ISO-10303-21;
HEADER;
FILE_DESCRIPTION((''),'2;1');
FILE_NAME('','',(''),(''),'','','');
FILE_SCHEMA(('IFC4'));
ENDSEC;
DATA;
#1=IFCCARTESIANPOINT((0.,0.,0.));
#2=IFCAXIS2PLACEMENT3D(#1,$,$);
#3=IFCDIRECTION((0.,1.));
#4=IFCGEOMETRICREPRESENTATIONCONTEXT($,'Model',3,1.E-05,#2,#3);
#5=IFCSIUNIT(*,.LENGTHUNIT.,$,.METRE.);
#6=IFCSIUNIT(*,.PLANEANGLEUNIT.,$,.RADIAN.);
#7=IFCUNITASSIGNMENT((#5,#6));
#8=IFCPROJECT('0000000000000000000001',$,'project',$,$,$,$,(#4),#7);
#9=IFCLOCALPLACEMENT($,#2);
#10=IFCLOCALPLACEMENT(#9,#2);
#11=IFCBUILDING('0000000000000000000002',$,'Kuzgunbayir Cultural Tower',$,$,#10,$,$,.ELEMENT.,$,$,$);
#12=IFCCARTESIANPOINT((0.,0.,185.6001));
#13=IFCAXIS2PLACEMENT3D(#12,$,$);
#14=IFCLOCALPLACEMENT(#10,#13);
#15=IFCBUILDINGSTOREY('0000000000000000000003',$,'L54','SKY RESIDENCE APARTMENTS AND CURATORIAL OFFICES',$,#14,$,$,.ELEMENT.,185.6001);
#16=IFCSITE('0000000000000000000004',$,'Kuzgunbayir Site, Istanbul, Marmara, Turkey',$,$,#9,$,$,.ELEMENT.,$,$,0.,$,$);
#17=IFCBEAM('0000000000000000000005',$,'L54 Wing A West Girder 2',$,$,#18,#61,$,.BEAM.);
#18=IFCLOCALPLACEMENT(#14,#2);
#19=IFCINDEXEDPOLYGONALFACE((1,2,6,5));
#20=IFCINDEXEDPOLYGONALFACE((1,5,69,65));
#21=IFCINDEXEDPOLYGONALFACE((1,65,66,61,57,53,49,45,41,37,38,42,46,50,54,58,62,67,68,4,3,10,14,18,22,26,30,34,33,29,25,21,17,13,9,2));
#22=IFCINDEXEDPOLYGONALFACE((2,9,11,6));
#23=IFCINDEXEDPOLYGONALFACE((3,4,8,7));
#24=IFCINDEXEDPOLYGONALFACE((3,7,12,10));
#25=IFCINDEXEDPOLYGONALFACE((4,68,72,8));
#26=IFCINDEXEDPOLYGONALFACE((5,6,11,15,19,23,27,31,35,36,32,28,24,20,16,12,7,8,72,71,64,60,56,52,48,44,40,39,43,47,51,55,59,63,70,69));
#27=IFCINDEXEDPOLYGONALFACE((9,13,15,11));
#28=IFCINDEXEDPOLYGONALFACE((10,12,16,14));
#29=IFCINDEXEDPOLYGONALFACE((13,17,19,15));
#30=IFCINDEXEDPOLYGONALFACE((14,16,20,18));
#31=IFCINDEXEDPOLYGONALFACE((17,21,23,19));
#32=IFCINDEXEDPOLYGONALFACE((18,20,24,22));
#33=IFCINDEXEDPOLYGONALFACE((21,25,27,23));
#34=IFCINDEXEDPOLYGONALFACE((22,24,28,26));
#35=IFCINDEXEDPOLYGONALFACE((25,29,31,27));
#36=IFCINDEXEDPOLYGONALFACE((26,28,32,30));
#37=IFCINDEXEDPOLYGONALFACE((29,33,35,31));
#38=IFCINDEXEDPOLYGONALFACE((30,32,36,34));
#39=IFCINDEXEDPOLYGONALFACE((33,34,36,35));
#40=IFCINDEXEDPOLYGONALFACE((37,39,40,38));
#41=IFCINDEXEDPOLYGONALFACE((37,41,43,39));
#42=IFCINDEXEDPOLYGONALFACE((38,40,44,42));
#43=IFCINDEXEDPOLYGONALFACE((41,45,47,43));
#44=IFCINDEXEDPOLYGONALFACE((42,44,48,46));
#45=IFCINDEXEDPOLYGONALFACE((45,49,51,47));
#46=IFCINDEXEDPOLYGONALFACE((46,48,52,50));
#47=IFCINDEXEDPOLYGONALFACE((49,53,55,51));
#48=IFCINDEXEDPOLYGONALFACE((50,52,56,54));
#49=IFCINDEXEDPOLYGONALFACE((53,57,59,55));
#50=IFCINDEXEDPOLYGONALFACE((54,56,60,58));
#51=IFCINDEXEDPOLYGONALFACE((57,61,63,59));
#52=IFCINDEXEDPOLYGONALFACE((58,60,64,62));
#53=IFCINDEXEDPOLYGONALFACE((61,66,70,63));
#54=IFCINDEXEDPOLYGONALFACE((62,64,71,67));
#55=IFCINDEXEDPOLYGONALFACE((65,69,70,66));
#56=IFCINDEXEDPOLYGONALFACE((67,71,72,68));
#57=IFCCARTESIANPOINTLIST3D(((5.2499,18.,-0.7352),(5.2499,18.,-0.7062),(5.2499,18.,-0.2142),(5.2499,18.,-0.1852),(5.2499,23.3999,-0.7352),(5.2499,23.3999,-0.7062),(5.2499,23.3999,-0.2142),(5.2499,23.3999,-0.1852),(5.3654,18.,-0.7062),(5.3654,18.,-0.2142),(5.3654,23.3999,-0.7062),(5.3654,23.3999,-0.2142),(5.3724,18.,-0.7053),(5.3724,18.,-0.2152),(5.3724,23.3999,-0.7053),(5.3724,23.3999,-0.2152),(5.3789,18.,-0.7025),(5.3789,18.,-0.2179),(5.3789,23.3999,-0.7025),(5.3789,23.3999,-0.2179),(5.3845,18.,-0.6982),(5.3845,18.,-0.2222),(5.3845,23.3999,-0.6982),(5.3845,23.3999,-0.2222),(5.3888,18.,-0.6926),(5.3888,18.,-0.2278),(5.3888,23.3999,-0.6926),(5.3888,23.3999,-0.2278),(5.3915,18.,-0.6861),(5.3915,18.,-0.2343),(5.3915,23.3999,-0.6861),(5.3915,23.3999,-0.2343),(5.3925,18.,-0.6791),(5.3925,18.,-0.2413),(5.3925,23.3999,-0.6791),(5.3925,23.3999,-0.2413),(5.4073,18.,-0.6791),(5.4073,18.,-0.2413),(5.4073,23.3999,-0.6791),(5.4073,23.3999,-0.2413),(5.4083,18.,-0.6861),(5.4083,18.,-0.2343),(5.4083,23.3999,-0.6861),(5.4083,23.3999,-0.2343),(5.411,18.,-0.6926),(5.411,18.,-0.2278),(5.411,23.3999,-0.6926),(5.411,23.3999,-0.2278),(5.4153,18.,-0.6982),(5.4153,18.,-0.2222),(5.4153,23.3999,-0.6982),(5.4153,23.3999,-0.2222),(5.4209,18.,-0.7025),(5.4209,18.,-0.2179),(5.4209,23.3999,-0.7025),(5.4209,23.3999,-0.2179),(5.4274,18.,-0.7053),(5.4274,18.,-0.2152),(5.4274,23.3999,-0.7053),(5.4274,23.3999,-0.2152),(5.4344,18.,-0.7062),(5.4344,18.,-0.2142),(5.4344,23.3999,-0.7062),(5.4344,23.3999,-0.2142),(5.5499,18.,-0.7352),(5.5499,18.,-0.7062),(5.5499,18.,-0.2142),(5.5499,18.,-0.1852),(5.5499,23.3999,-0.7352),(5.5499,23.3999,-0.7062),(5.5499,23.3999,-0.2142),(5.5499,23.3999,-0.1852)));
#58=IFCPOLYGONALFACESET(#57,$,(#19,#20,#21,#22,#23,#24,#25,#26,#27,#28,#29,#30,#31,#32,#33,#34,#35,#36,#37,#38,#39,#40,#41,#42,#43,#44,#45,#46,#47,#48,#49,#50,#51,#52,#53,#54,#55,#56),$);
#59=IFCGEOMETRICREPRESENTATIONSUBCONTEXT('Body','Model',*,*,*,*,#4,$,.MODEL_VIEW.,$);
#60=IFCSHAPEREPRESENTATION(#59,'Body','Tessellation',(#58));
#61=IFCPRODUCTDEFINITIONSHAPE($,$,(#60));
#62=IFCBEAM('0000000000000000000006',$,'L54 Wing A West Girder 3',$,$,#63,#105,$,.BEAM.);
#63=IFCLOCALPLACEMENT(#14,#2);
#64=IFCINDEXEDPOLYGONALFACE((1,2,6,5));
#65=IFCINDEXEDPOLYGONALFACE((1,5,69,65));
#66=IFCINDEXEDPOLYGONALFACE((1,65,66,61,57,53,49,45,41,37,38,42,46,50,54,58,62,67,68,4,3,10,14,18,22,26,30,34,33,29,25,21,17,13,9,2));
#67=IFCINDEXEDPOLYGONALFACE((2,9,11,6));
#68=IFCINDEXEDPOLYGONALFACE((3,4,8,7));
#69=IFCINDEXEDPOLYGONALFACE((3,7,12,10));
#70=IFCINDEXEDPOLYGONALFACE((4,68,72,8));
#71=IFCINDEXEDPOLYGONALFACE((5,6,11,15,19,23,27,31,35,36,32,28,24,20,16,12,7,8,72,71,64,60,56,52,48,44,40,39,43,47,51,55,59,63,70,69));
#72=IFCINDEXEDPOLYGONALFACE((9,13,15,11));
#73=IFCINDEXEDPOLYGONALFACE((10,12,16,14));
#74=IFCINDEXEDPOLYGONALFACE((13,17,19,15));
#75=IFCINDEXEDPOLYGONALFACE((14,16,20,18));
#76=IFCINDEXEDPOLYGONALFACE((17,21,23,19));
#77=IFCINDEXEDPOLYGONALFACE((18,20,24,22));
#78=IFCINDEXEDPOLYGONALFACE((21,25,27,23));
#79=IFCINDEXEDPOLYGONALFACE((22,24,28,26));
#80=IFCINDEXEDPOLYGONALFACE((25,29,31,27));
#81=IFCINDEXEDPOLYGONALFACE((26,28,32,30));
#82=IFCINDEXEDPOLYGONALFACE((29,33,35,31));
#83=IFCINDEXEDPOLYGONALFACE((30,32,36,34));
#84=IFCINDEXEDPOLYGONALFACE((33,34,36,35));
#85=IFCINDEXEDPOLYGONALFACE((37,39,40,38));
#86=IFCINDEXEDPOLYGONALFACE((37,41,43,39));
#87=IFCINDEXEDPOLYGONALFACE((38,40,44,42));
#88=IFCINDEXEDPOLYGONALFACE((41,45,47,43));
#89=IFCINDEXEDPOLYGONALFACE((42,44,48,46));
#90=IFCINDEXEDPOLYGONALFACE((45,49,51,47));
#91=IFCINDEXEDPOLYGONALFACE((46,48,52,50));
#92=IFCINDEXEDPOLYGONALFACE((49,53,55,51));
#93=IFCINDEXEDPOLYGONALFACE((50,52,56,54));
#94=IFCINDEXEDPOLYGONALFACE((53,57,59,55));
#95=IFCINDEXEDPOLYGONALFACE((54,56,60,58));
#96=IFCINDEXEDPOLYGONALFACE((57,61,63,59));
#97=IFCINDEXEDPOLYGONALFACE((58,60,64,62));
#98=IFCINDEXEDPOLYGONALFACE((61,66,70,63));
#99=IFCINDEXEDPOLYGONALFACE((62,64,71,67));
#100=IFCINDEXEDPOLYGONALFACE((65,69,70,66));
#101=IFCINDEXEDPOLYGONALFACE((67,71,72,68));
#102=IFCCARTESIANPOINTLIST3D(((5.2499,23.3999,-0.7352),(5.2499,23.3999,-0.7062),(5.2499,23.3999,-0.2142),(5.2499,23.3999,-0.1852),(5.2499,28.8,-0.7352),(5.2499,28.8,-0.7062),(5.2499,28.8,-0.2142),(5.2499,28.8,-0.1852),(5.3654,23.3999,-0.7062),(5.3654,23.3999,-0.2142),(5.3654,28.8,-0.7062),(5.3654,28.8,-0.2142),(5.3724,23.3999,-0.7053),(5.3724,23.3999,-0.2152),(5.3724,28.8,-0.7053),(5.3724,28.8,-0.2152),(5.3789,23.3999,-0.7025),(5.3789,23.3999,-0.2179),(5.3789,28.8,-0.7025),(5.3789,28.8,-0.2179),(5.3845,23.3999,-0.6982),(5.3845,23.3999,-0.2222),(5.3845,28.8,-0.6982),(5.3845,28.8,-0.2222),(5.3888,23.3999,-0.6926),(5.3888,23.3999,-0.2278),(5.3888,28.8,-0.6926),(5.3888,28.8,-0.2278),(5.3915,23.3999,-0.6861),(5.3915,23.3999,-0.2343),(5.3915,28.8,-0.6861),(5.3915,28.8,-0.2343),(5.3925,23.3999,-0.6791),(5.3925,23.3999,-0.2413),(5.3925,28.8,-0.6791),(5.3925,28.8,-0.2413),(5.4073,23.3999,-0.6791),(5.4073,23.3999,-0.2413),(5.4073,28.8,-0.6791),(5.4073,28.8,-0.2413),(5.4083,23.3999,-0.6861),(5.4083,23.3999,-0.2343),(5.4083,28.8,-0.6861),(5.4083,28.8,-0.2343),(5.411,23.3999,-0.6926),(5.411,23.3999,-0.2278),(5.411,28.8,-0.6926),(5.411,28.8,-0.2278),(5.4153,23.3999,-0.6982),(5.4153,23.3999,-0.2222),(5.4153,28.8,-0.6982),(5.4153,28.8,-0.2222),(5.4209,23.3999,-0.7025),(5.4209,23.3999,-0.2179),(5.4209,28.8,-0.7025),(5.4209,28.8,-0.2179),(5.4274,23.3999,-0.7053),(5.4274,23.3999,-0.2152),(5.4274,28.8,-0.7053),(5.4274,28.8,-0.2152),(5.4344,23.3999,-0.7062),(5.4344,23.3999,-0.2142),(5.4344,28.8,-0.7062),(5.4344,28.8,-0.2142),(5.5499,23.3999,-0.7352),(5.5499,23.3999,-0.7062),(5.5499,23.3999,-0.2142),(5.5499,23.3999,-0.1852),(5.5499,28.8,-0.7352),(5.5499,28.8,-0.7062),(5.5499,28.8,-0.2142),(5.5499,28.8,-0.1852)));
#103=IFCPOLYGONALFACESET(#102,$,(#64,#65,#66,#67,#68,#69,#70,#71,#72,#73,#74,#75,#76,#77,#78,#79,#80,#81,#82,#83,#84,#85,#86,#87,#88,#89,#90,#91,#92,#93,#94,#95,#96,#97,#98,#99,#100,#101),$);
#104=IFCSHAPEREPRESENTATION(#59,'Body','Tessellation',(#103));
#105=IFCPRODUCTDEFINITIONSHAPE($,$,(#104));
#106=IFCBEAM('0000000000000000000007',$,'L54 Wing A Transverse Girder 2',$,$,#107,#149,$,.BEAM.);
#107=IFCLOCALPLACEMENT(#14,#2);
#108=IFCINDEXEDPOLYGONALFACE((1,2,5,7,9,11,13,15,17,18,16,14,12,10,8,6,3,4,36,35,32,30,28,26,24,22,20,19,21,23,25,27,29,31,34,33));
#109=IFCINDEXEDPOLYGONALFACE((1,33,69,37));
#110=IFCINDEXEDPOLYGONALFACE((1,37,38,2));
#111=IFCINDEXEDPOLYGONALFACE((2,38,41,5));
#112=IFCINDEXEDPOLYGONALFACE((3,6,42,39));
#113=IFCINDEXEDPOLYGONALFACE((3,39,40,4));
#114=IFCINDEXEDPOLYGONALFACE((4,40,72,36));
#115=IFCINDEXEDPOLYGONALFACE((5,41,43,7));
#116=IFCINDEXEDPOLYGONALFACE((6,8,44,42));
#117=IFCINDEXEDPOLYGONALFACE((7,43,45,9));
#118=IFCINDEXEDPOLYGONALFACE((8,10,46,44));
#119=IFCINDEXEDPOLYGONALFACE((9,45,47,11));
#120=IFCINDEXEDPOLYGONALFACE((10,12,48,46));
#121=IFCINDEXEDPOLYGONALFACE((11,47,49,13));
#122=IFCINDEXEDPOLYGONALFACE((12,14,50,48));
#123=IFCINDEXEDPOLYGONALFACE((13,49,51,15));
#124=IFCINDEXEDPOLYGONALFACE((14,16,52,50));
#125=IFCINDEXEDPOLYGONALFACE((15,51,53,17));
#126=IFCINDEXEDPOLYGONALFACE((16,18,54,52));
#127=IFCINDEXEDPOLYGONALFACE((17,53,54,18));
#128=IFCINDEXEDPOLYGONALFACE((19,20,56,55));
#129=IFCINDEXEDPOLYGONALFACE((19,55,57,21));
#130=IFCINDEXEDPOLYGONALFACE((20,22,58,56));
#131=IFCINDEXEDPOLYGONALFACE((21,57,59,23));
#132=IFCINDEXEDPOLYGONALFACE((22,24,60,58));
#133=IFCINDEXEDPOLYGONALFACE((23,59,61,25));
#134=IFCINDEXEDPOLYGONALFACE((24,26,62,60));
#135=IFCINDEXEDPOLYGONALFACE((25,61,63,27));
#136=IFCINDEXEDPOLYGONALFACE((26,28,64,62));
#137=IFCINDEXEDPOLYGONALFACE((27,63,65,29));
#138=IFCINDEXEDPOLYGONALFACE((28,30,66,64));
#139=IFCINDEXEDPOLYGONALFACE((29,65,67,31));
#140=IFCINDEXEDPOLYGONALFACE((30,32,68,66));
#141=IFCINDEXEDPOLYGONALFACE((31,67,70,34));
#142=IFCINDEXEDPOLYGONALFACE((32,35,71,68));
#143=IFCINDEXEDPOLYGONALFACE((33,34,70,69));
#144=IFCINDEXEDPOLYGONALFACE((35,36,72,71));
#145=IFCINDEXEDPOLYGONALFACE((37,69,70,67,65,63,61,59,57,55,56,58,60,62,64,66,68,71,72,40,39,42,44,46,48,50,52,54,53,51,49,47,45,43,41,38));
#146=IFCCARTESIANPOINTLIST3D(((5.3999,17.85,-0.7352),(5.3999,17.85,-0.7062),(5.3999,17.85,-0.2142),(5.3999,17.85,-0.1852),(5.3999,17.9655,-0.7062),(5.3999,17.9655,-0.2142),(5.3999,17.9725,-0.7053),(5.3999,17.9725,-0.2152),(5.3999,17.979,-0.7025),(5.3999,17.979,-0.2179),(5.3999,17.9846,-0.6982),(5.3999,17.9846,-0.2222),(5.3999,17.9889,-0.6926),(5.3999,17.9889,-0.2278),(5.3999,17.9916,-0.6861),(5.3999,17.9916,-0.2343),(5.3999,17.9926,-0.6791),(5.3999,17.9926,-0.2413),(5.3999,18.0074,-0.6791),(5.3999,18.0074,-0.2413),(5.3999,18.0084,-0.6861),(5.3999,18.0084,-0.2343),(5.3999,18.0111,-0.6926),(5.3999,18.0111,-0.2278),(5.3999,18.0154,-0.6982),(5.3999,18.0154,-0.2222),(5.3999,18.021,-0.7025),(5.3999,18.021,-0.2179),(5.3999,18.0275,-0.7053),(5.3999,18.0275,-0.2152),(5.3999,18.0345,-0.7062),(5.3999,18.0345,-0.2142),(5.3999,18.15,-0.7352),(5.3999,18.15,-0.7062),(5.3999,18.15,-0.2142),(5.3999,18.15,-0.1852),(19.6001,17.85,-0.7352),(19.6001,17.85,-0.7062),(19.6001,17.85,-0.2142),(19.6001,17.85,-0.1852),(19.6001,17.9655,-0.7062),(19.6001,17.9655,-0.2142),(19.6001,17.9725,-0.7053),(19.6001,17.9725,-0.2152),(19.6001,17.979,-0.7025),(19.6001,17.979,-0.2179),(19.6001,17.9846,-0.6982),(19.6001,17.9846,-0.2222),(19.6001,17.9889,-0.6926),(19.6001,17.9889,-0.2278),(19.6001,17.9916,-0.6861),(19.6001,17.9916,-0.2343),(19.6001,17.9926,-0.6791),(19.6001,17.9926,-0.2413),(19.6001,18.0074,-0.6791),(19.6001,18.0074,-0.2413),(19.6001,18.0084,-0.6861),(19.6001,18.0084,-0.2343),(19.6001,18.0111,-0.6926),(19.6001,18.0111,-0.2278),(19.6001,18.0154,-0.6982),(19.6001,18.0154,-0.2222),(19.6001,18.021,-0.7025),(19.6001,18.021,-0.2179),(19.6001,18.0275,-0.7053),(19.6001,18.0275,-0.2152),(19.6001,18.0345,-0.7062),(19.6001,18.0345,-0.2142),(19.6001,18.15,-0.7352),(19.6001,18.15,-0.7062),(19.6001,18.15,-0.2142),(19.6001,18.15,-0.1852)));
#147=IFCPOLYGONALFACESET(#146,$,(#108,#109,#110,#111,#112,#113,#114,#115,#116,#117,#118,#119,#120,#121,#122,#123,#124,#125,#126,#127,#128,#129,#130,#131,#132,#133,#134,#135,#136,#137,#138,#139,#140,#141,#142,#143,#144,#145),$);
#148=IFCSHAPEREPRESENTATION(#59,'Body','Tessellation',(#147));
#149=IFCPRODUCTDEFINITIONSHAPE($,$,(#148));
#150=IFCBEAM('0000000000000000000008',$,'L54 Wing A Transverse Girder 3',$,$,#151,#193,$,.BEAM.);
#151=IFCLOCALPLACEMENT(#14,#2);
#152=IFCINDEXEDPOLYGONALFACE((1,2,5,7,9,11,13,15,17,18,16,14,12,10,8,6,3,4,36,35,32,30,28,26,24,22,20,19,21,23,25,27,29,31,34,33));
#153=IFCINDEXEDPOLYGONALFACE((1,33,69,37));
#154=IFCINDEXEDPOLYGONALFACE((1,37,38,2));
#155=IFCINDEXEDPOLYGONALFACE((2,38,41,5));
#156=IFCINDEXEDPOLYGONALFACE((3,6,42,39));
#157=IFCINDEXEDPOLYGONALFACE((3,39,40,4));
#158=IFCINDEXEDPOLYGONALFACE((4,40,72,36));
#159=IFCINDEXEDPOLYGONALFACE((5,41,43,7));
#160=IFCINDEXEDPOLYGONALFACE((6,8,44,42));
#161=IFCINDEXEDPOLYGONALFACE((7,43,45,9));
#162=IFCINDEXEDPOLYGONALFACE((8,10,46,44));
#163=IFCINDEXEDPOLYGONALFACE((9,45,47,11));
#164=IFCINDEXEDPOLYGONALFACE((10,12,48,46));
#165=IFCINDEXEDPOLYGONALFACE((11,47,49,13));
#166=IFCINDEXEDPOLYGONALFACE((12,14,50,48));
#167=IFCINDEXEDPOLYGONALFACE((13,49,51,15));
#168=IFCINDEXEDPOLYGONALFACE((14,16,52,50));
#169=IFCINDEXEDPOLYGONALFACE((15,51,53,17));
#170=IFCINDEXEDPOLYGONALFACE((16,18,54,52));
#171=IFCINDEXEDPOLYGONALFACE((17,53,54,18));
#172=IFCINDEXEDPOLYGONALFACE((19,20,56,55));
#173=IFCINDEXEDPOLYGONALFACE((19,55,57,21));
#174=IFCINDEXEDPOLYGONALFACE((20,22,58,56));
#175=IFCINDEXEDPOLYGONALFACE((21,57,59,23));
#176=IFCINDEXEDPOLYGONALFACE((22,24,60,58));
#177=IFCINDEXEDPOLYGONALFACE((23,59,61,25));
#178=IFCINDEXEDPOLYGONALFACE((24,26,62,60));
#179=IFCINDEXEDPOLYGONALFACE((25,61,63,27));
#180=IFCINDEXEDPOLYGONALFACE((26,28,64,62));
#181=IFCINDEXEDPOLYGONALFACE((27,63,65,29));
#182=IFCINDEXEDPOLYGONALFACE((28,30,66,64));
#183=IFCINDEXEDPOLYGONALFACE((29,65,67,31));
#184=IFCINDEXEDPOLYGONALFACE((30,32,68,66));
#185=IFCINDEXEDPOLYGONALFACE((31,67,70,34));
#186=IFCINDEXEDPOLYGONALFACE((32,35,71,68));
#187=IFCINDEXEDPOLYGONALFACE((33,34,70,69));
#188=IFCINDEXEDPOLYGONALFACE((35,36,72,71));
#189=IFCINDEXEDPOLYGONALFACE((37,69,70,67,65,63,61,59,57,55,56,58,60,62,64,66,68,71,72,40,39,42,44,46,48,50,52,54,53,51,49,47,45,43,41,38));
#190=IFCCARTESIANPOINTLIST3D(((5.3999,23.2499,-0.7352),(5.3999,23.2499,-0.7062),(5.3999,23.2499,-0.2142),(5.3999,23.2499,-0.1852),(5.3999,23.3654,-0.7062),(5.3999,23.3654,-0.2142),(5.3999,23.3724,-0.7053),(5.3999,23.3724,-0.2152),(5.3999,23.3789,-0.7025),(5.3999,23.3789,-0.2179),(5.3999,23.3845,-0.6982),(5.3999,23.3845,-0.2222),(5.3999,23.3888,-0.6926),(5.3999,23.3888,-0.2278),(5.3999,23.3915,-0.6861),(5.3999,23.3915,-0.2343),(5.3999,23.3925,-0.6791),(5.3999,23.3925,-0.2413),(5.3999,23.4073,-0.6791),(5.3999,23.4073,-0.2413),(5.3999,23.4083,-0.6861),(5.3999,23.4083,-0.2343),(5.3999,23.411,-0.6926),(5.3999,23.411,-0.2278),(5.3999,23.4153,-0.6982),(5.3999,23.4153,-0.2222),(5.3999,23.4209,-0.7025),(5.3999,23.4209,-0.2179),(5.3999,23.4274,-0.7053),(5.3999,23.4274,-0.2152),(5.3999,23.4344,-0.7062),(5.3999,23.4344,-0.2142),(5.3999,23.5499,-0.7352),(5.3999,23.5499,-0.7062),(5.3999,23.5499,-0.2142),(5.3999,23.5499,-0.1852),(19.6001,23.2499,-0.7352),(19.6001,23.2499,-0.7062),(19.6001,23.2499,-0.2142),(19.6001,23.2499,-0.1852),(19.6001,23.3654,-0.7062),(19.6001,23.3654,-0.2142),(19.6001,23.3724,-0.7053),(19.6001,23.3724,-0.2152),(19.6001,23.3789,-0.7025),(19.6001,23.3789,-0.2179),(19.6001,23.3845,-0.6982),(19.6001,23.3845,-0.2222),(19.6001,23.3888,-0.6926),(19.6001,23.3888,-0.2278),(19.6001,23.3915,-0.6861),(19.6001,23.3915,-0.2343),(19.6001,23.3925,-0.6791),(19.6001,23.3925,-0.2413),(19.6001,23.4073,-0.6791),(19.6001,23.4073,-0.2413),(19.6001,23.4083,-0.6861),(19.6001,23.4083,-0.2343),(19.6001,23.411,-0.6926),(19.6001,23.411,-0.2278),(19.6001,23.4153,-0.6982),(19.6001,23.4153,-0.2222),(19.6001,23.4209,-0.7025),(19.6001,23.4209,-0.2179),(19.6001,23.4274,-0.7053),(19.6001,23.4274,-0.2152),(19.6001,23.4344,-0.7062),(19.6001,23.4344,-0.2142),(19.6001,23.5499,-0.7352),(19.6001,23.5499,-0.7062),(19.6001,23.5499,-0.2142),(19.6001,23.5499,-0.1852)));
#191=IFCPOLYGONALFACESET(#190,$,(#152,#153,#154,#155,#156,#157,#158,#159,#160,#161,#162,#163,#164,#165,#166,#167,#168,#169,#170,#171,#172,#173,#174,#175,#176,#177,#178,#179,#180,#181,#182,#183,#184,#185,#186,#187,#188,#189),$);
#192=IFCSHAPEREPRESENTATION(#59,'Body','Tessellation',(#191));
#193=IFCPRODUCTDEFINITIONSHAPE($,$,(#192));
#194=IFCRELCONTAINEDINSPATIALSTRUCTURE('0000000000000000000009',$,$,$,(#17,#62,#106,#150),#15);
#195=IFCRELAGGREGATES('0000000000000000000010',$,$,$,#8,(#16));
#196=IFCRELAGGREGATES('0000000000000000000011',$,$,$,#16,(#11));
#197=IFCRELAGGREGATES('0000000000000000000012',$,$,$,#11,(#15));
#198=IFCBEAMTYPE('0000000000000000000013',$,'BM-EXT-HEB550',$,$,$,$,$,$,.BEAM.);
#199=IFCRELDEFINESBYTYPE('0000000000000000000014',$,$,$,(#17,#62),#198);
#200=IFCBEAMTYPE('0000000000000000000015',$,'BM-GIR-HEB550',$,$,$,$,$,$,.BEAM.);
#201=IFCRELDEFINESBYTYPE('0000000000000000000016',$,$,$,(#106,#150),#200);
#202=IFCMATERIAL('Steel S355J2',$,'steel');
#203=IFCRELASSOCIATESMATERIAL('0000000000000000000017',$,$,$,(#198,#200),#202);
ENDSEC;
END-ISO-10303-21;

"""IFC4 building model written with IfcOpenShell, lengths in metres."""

from ifc_helpers import new_model, si_unit, direction, frame, origin, origin_2d, place, context, subcontext, project, spatial, i_section, extrude, material, material_profile, profile_set, type_object, element, save


model = new_model("IFC4")

# Units and contexts
model_context = context("Model", 3, precision=1e-05, world=origin(), true_north=direction((0.0, 1.0)))
body_context = subcontext(model_context, "Body", "Model", "MODEL_VIEW")
ifc_project = project(units=[si_unit("LENGTHUNIT", "METRE"), si_unit("PLANEANGLEUNIT", "RADIAN")], contexts=[model_context])

# Site, building, storey
site_placement = place(None, origin())
site = spatial("IfcSite", under=ifc_project, at=site_placement, Name="Kuzgunbayir Site, Istanbul, Marmara, Turkey", CompositionType="ELEMENT", RefElevation=0.0)
building_placement = place(site_placement, origin())
building = spatial("IfcBuilding", under=site, at=building_placement, Name="Kuzgunbayir Cultural Tower", CompositionType="ELEMENT")
storey_placement = place(building_placement, frame((0.0, 0.0, 185.6001)))
storey = spatial("IfcBuildingStorey", under=building, at=storey_placement, Name="L54", Description="SKY RESIDENCE APARTMENTS AND CURATORIAL OFFICES", CompositionType="ELEMENT", Elevation=185.6001)

# Beams
ifc_material_1 = material(Name="Steel S355J2", Category="steel")
ifc_material_profile_1 = material_profile(ifc_material_1, i_section(OverallWidth=0.3, OverallDepth=0.55, WebThickness=0.0149, FlangeThickness=0.0291, FilletRadius=0.0271, at=origin_2d()), Name="HEB 550")
ifc_profile_set_1 = profile_set([ifc_material_profile_1], Name="Steel S355J2")
beam_type_1 = type_object("IfcBeamType", Name="BM-EXT-HEB550", PredefinedType="BEAM", material=ifc_profile_set_1)
beam_1_placement = place(storey_placement, frame((5.3999, 18.0, -0.4602), z_axis=(0.0, 1.0, 0.0), x_axis=(-1.0, 0.0, 0.0)))
element("IfcBeam", 1, at=beam_1_placement, inside=storey, type_object=beam_type_1, Name="L54 Wing A West Girder 2", PredefinedType="BEAM", context=body_context, shape_type="SweptSolid", body=[
    extrude(i_section(OverallWidth=0.3, OverallDepth=0.55, WebThickness=0.0149, FlangeThickness=0.0291, FilletRadius=0.0271, at=origin_2d()), origin(), (0.0, 0.0, 1.0), 5.3999),
])
beam_2_placement = place(storey_placement, frame((5.3999, 23.3999, -0.4602), z_axis=(0.0, 1.0, 0.0), x_axis=(-1.0, 0.0, 0.0)))
element("IfcBeam", 2, at=beam_2_placement, inside=storey, type_object=beam_type_1, Name="L54 Wing A West Girder 3", PredefinedType="BEAM", context=body_context, shape_type="SweptSolid", body=[
    extrude(i_section(OverallWidth=0.3, OverallDepth=0.55, WebThickness=0.0149, FlangeThickness=0.0291, FilletRadius=0.0271, at=origin_2d()), origin(), (0.0, 0.0, 1.0), 5.4001),
])
ifc_material_profile_2 = material_profile(ifc_material_1, i_section(OverallWidth=0.3, OverallDepth=0.55, WebThickness=0.0149, FlangeThickness=0.0291, FilletRadius=0.0271, at=origin_2d()), Name="HEB 550")
ifc_profile_set_2 = profile_set([ifc_material_profile_2], Name="Steel S355J2")
beam_type_2 = type_object("IfcBeamType", Name="BM-GIR-HEB550", PredefinedType="BEAM", material=ifc_profile_set_2)
for number, where, z_axis, x_axis, name in (
    (3, (5.3999, 18.0, -0.4602), (1.0, 0.0, 0.0), (0.0, 1.0, 0.0), "L54 Wing A Transverse Girder 2"),
    (4, (5.3999, 23.3999, -0.4602), (1.0, 0.0, 0.0), (0.0, 1.0, 0.0), "L54 Wing A Transverse Girder 3"),
):
    element("IfcBeam", number, at=place(storey_placement, frame(where, z_axis=z_axis, x_axis=x_axis)), inside=storey, type_object=beam_type_2, Name=name, PredefinedType="BEAM", context=body_context, shape_type="SweptSolid", body=[
        extrude(i_section(OverallWidth=0.3, OverallDepth=0.55, WebThickness=0.0149, FlangeThickness=0.0291, FilletRadius=0.0271, at=origin_2d()), origin(), (0.0, 0.0, 1.0), 14.2002),
    ])

save(model, "model.ifc")
